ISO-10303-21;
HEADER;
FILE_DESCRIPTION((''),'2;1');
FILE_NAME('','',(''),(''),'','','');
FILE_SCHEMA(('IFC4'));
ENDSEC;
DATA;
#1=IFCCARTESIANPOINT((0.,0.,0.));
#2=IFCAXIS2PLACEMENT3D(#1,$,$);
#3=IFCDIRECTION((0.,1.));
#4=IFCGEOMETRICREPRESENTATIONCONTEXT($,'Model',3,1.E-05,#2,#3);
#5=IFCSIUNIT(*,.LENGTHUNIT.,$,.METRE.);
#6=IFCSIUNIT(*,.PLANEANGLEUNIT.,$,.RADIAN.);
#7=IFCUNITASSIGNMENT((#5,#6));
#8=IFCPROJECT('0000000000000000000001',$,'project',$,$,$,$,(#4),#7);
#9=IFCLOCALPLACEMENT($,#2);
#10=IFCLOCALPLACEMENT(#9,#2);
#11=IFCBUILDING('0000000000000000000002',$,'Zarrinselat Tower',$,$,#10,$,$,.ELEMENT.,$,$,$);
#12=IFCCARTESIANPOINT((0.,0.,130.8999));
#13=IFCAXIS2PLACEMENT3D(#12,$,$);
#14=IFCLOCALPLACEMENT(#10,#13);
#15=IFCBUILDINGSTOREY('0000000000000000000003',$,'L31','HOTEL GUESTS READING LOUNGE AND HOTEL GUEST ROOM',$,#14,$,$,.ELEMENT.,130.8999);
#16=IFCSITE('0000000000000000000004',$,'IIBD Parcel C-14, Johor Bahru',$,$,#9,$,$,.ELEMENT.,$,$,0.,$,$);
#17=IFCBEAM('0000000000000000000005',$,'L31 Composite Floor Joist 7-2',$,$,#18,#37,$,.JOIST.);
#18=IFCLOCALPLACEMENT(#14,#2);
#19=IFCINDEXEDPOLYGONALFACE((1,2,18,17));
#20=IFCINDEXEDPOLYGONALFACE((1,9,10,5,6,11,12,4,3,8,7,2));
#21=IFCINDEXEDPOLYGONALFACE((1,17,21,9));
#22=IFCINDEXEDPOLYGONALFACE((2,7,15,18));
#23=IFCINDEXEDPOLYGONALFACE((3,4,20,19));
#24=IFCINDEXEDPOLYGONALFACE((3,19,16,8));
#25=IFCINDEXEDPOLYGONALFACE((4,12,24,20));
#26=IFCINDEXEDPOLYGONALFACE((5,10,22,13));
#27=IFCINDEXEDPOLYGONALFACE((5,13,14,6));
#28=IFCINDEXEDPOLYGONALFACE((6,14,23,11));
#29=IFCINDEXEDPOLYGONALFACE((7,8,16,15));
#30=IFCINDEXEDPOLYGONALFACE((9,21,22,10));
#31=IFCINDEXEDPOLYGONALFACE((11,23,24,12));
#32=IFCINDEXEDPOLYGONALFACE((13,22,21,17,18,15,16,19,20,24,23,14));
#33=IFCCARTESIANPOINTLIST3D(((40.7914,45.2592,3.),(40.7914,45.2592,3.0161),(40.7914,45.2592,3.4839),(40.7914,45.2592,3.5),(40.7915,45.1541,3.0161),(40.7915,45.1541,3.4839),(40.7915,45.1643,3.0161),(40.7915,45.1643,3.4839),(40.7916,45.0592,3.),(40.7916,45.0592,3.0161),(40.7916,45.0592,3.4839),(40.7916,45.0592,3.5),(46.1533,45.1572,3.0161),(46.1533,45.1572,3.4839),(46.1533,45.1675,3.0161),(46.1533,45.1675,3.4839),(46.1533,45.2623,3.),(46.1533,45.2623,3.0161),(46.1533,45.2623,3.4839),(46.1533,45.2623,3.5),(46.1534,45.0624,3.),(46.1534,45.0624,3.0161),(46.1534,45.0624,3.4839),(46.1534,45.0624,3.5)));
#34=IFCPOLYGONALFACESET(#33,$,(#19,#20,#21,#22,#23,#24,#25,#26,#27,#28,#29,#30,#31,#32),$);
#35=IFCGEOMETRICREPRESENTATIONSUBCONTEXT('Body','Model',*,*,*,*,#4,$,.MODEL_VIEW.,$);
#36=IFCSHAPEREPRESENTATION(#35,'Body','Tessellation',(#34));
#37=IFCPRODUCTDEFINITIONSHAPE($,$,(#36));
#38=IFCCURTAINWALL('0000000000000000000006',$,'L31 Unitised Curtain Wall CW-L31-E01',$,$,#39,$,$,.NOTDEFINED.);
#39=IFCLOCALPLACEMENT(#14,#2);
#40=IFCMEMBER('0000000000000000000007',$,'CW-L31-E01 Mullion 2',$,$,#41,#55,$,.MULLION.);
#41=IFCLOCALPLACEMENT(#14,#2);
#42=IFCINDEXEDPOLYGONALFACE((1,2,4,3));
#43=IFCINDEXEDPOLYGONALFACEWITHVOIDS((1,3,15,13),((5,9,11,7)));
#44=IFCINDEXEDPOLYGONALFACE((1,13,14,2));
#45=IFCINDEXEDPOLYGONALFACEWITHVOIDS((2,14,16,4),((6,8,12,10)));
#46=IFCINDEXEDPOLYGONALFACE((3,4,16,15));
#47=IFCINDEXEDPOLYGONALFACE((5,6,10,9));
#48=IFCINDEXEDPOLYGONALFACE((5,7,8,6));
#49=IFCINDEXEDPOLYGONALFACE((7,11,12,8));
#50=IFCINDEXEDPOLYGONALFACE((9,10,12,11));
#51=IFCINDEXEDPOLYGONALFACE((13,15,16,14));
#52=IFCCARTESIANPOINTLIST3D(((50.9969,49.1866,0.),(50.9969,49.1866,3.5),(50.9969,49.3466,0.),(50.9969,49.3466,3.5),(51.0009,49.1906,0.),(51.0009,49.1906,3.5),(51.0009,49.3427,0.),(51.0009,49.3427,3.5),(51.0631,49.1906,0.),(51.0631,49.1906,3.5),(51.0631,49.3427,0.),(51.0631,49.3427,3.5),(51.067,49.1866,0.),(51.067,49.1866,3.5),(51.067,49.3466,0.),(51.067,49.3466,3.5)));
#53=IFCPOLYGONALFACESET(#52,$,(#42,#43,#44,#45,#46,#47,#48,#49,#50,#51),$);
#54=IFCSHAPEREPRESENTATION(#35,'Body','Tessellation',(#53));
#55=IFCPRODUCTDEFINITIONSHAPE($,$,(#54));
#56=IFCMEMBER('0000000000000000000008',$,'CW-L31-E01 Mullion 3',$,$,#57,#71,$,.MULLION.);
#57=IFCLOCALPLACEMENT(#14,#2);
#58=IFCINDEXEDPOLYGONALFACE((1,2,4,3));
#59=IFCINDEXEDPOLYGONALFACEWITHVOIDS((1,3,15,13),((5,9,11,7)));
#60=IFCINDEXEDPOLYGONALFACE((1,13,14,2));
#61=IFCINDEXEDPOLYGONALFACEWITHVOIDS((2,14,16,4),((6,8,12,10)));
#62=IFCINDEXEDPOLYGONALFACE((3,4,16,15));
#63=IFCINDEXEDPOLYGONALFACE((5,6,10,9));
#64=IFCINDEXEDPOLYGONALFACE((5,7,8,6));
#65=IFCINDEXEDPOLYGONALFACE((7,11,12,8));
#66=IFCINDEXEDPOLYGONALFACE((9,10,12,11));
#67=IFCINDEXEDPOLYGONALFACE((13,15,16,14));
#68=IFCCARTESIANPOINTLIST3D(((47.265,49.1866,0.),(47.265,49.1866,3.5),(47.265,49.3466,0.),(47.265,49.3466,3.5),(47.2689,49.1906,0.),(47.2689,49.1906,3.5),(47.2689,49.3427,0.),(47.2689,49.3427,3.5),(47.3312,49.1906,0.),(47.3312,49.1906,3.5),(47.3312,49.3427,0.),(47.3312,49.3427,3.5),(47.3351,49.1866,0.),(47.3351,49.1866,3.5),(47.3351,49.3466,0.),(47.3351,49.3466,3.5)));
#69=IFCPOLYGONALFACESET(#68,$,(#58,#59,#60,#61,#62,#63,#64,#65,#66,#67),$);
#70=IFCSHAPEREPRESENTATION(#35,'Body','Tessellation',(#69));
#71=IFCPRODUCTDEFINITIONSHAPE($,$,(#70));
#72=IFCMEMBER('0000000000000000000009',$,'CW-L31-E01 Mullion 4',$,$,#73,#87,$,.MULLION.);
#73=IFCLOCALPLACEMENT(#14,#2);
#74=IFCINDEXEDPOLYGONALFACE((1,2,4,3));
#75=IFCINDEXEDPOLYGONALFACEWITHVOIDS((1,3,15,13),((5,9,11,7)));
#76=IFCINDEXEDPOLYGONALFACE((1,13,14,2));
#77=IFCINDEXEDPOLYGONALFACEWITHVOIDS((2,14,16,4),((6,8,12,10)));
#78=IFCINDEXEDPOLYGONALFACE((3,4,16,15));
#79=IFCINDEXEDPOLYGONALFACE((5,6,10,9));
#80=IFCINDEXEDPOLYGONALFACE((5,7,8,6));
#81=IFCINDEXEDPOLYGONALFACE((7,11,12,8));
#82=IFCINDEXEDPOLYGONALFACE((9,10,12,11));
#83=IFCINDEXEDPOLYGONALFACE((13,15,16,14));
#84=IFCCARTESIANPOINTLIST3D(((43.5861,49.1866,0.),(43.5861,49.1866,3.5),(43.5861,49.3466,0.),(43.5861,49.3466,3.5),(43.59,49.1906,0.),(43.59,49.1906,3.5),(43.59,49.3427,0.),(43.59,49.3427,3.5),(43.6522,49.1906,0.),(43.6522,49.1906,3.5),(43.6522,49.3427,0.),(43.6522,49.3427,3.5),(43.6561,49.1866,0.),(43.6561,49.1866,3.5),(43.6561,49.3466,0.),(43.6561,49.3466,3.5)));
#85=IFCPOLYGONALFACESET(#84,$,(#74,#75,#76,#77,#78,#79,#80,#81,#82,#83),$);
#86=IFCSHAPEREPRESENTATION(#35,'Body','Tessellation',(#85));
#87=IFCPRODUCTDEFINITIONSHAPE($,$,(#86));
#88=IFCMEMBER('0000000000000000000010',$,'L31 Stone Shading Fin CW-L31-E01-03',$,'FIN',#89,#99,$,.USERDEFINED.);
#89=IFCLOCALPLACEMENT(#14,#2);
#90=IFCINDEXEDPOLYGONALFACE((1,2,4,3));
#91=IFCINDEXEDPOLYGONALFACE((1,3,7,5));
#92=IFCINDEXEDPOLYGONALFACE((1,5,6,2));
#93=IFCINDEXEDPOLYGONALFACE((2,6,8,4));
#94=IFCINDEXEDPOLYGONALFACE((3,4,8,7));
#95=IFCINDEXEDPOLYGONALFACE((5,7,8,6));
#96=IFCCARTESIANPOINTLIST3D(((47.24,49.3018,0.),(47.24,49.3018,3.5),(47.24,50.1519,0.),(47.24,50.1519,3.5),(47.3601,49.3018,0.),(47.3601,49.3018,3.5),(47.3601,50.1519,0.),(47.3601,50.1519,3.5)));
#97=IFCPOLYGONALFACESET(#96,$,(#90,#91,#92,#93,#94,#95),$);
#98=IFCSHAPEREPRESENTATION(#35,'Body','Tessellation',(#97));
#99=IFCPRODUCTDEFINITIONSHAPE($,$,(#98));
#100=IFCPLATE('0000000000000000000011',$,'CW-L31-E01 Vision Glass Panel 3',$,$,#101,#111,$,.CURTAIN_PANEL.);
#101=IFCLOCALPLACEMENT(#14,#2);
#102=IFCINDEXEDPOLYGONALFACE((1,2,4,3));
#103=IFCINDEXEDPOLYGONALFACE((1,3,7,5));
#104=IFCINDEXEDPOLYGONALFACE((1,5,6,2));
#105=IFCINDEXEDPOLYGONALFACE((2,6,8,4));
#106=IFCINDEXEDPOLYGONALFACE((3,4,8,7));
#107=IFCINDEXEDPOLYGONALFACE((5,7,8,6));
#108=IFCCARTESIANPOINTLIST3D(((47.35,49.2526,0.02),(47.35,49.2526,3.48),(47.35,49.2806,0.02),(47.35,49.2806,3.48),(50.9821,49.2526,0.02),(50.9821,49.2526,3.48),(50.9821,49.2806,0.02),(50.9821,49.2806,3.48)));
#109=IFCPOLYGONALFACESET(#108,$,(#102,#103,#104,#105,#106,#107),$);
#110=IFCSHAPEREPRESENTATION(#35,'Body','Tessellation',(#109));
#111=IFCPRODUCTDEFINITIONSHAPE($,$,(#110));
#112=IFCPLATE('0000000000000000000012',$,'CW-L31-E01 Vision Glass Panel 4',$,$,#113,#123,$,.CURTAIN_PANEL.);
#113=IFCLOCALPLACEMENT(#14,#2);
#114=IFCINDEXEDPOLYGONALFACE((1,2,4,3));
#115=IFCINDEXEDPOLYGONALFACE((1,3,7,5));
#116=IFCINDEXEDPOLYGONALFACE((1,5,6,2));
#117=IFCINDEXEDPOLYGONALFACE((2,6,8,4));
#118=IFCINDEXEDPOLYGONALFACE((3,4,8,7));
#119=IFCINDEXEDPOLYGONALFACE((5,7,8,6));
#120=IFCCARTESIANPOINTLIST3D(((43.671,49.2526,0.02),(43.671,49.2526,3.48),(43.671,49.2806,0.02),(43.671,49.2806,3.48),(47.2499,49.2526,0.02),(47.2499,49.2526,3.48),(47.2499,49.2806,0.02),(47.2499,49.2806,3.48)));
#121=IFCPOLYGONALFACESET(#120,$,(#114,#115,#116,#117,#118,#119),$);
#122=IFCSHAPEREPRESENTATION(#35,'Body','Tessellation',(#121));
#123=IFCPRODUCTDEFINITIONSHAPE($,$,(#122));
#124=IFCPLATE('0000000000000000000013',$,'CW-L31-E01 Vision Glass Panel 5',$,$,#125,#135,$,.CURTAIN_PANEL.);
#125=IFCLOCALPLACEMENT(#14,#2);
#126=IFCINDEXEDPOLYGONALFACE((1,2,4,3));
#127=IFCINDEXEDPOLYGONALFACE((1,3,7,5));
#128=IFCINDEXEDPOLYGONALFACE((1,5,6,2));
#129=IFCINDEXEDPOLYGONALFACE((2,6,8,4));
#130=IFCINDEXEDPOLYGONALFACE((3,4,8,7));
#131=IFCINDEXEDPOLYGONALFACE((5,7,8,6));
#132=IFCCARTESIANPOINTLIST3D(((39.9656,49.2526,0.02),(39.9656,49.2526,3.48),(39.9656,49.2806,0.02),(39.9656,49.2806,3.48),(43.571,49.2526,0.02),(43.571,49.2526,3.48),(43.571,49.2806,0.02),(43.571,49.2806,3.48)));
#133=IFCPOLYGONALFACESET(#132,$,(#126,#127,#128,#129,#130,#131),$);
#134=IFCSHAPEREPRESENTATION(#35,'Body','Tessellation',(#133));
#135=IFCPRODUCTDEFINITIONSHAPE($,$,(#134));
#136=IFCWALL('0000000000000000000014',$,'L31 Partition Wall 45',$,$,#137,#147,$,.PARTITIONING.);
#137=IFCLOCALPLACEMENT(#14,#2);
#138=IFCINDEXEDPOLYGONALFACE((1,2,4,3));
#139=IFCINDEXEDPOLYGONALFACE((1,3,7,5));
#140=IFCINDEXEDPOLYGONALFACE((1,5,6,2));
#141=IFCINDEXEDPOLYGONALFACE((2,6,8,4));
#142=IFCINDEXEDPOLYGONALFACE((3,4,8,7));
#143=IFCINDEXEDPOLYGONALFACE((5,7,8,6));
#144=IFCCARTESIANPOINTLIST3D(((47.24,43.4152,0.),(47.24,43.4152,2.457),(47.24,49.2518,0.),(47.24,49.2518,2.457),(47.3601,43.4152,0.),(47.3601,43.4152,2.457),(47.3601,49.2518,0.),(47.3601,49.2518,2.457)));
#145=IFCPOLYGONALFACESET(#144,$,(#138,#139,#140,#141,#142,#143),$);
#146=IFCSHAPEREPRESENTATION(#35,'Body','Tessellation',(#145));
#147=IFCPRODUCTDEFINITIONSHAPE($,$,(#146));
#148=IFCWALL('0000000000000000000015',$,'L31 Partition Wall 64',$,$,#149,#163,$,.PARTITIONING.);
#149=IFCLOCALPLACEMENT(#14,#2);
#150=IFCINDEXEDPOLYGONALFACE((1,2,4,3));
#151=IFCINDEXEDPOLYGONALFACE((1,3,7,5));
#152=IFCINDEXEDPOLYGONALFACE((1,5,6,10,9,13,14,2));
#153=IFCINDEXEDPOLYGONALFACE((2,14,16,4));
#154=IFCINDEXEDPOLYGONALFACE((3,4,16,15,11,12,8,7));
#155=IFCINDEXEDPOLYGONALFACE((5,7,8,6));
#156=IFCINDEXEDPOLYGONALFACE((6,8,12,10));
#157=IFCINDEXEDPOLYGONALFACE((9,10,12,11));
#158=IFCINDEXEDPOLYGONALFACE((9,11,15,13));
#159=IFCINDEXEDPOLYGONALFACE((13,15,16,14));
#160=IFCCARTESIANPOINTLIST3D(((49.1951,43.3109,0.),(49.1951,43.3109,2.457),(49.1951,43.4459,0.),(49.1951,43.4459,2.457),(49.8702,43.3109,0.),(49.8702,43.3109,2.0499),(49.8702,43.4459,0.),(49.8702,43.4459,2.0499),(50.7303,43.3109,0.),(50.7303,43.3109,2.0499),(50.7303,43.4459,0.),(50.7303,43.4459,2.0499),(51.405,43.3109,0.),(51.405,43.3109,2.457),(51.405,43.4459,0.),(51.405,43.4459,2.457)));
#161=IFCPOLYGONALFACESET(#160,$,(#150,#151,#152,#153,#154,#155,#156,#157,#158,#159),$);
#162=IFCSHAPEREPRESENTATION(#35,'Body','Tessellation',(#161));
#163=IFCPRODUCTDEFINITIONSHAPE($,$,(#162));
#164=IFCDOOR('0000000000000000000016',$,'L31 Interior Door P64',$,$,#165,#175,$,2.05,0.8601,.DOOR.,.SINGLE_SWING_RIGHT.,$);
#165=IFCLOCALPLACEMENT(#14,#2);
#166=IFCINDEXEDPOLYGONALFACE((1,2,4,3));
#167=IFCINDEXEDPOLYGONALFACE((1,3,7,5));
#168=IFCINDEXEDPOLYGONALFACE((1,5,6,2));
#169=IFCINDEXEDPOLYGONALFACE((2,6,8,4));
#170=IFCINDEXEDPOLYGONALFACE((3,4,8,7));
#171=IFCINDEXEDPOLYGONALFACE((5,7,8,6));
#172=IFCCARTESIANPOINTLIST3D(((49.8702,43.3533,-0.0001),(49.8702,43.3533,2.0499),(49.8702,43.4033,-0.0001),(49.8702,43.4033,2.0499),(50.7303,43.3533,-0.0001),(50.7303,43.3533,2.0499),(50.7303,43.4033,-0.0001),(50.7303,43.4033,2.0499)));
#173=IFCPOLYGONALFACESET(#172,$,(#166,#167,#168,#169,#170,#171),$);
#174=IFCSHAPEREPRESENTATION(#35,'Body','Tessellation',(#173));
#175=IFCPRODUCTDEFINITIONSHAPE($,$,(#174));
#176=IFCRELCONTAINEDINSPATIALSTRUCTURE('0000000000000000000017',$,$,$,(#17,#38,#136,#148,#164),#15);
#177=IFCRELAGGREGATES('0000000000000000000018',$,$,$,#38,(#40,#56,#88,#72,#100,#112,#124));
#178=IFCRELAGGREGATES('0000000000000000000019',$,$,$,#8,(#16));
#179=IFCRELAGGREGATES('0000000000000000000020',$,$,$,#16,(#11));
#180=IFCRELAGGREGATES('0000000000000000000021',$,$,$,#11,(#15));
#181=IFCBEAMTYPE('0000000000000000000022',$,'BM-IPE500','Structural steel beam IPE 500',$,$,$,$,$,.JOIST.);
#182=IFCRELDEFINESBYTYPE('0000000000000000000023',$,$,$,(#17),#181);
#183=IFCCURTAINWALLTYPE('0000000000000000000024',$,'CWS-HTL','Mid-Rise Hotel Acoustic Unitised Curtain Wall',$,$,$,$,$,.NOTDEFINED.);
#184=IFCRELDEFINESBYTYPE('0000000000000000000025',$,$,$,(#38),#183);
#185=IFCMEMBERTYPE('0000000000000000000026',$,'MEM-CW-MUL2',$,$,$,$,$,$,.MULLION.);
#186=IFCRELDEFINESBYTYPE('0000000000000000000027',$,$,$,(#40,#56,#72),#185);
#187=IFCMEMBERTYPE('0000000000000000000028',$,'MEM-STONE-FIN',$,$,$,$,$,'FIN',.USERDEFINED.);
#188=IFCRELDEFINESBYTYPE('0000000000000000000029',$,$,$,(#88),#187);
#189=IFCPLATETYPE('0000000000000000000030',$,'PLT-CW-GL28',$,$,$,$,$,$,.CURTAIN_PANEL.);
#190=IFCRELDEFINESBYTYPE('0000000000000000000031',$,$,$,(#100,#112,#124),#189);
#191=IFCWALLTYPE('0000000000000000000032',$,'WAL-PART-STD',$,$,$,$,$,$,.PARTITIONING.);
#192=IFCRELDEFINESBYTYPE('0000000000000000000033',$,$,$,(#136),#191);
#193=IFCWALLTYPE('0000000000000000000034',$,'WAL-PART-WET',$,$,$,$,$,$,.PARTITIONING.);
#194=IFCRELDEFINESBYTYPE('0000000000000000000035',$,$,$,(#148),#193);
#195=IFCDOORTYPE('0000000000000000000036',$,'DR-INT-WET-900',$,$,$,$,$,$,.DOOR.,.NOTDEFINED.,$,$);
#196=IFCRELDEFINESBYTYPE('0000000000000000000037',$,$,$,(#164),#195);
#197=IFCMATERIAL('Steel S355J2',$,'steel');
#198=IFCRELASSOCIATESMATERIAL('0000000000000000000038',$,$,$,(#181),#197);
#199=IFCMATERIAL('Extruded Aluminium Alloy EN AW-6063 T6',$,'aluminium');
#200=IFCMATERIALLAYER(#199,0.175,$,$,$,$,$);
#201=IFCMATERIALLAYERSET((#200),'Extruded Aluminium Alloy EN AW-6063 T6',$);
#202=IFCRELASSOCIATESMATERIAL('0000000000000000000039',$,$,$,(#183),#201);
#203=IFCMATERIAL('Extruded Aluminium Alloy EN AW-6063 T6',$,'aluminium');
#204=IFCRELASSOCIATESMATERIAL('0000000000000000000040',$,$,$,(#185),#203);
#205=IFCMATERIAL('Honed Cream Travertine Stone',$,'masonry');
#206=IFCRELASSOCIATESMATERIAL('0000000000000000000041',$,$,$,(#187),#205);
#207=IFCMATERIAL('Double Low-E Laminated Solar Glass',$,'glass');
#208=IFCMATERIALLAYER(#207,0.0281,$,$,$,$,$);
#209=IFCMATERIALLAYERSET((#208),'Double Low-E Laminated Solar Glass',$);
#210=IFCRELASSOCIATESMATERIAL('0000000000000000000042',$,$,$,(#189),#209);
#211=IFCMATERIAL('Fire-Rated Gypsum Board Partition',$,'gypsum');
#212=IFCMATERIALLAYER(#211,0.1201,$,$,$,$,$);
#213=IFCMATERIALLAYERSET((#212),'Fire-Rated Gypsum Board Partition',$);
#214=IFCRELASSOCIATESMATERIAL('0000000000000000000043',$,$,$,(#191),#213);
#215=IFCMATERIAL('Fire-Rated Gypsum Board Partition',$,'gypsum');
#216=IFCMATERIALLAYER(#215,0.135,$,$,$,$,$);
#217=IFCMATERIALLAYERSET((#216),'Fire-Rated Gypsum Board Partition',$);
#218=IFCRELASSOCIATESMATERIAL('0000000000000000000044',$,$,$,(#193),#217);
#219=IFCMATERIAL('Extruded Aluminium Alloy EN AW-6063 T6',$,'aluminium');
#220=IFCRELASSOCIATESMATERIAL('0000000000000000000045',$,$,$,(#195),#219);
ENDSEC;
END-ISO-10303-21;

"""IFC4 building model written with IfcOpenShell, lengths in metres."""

from ifc_helpers import new_model, si_unit, direction, frame, frame_2d, origin, origin_2d, place, context, subcontext, project, spatial, rectangle, hollow_rectangle, i_section, extrude, material, layer, layer_set, material_profile, profile_set, type_object, element, fill, aggregate, save


model = new_model("IFC4")

# Units and contexts
model_context = context("Model", 3, precision=1e-05, world=origin(), true_north=direction((0.0, 1.0)))
body_context = subcontext(model_context, "Body", "Model", "MODEL_VIEW")
ifc_project = project(units=[si_unit("LENGTHUNIT", "METRE"), si_unit("PLANEANGLEUNIT", "RADIAN")], contexts=[model_context])

# Site, building, storey
site_placement = place(None, origin())
site = spatial("IfcSite", under=ifc_project, at=site_placement, Name="IIBD Parcel C-14, Johor Bahru", CompositionType="ELEMENT", RefElevation=0.0)
building_placement = place(site_placement, origin())
building = spatial("IfcBuilding", under=site, at=building_placement, Name="Zarrinselat Tower", CompositionType="ELEMENT")
storey_placement = place(building_placement, frame((0.0, 0.0, 130.8999)))
storey = spatial("IfcBuildingStorey", under=building, at=storey_placement, Name="L31", Description="HOTEL GUESTS READING LOUNGE AND HOTEL GUEST ROOM", CompositionType="ELEMENT", Elevation=130.8999)

# Beam
ifc_material_1 = material(Name="Steel S355J2", Category="steel")
ifc_material_profile_1 = material_profile(ifc_material_1, i_section(OverallWidth=0.2, OverallDepth=0.5, WebThickness=0.0103, FlangeThickness=0.0161, at=origin_2d()), Name="IPE 500")
ifc_profile_set_1 = profile_set([ifc_material_profile_1], Name="Steel S355J2")
beam_type_1 = type_object("IfcBeamType", Name="BM-IPE500", Description="Structural steel beam IPE 500", PredefinedType="JOIST", material=ifc_profile_set_1)
beam_1_placement = place(storey_placement, frame((40.7915, 45.1592, 3.25), z_axis=(1.0, 0.000592, 0.0), x_axis=(-0.000592, 1.0, 0.0)))
element("IfcBeam", 1, at=beam_1_placement, inside=storey, type_object=beam_type_1, Name="L31 Composite Floor Joist 7-2", PredefinedType="JOIST", context=body_context, shape_type="SweptSolid", body=[
    extrude(i_section(OverallWidth=0.2, OverallDepth=0.5, WebThickness=0.0103, FlangeThickness=0.0161, at=origin_2d()), origin(), (0.0, 0.0, 1.0), 5.3618),
])

# Curtain wall, members, plates
ifc_material_2 = material(Name="Extruded Aluminium Alloy EN AW-6063 T6", Category="aluminium")
ifc_layer_1 = layer(ifc_material_2, 0.175)
ifc_layer_set_1 = layer_set([ifc_layer_1], Name="Extruded Aluminium Alloy EN AW-6063 T6")
curtain_wall_type = type_object("IfcCurtainWallType", Name="CWS-HTL", Description="Mid-Rise Hotel Acoustic Unitised Curtain Wall", PredefinedType="NOTDEFINED", material=ifc_layer_set_1)
curtain_wall_placement = place(storey_placement, origin())
curtain_wall = element("IfcCurtainWall", 2, at=curtain_wall_placement, inside=storey, type_object=curtain_wall_type, Name="L31 Unitised Curtain Wall CW-L31-E01", PredefinedType="NOTDEFINED")
ifc_material_3 = material(Name="Extruded Aluminium Alloy EN AW-6063 T6", Category="aluminium")
ifc_material_profile_2 = material_profile(ifc_material_3, hollow_rectangle(XDim=0.0701, YDim=0.1599, WallThickness=0.0039, at=origin_2d()), Name="RHS 160x70x4")
ifc_profile_set_2 = profile_set([ifc_material_profile_2], Name="Extruded Aluminium Alloy EN AW-6063 T6")
member_type_1 = type_object("IfcMemberType", Name="MEM-CW-MUL2", PredefinedType="MULLION", material=ifc_profile_set_2)
member_1_placement = place(storey_placement, frame((51.032, 49.2666, 0.0), z_axis=(0.0, 0.0, 1.0), x_axis=(-1.0, 0.0, 0.0)))
member_1 = element("IfcMember", 3, at=member_1_placement, type_object=member_type_1, Name="CW-L31-E01 Mullion 2", PredefinedType="MULLION", context=body_context, shape_type="SweptSolid", body=[
    extrude(hollow_rectangle(XDim=0.0701, YDim=0.1599, WallThickness=0.0039, at=origin_2d()), origin(), (0.0, 0.0, 1.0), 3.5),
])
member_2_placement = place(storey_placement, frame((47.3, 49.2666, 0.0), z_axis=(0.0, 0.0, 1.0), x_axis=(-1.0, 0.0, 0.0)))
member_2 = element("IfcMember", 4, at=member_2_placement, type_object=member_type_1, Name="CW-L31-E01 Mullion 3", PredefinedType="MULLION", context=body_context, shape_type="SweptSolid", body=[
    extrude(hollow_rectangle(XDim=0.0701, YDim=0.1599, WallThickness=0.0039, at=origin_2d()), origin(), (0.0, 0.0, 1.0), 3.5),
])
member_3_placement = place(storey_placement, frame((43.6211, 49.2666, 0.0), z_axis=(0.0, 0.0, 1.0), x_axis=(-1.0, 0.0, 0.0)))
member_3 = element("IfcMember", 5, at=member_3_placement, type_object=member_type_1, Name="CW-L31-E01 Mullion 4", PredefinedType="MULLION", context=body_context, shape_type="SweptSolid", body=[
    extrude(hollow_rectangle(XDim=0.0701, YDim=0.1599, WallThickness=0.0039, at=origin_2d()), origin(), (0.0, 0.0, 1.0), 3.5),
])
ifc_material_4 = material(Name="Honed Cream Travertine Stone", Category="masonry")
ifc_material_profile_3 = material_profile(ifc_material_4, rectangle(XDim=0.1201, YDim=0.8501, at=origin_2d()), Name="FIN 850x120")
ifc_profile_set_3 = profile_set([ifc_material_profile_3], Name="Honed Cream Travertine Stone")
member_type_2 = type_object("IfcMemberType", Name="MEM-STONE-FIN", ElementType="FIN", PredefinedType="USERDEFINED", material=ifc_profile_set_3)
member_4_placement = place(storey_placement, frame((47.3, 49.7268, 0.0), z_axis=(0.0, 0.0, 1.0), x_axis=(1.0, 0.0, 0.0)))
member_4 = element("IfcMember", 6, at=member_4_placement, type_object=member_type_2, Name="L31 Stone Shading Fin CW-L31-E01-03", ObjectType="FIN", PredefinedType="USERDEFINED", context=body_context, shape_type="SweptSolid", body=[
    extrude(rectangle(XDim=0.1201, YDim=0.8501, at=origin_2d()), origin(), (0.0, 0.0, 1.0), 3.5),
])
ifc_material_5 = material(Name="Double Low-E Laminated Solar Glass", Category="glass")
ifc_layer_2 = layer(ifc_material_5, 0.0281)
ifc_layer_set_2 = layer_set([ifc_layer_2], Name="Double Low-E Laminated Solar Glass")
plate_type = type_object("IfcPlateType", Name="PLT-CW-GL28", PredefinedType="CURTAIN_PANEL", material=ifc_layer_set_2)
plate_1_placement = place(storey_placement, frame((49.166, 49.2666, 0.02), z_axis=(0.0, 0.0, 1.0), x_axis=(-1.0, 0.0, 0.0)))
plate_1 = element("IfcPlate", 7, at=plate_1_placement, type_object=plate_type, Name="CW-L31-E01 Vision Glass Panel 3", PredefinedType="CURTAIN_PANEL", context=body_context, shape_type="SweptSolid", body=[
    extrude(rectangle(XDim=3.6321, YDim=0.0281, at=origin_2d()), origin(), (0.0, 0.0, 1.0), 3.46),
])
plate_2_placement = place(storey_placement, frame((45.4604, 49.2666, 0.02), z_axis=(0.0, 0.0, 1.0), x_axis=(-1.0, 0.0, 0.0)))
plate_2 = element("IfcPlate", 8, at=plate_2_placement, type_object=plate_type, Name="CW-L31-E01 Vision Glass Panel 4", PredefinedType="CURTAIN_PANEL", context=body_context, shape_type="SweptSolid", body=[
    extrude(rectangle(XDim=3.5789, YDim=0.0281, at=origin_2d()), origin(), (0.0, 0.0, 1.0), 3.46),
])
plate_3_placement = place(storey_placement, frame((41.7683, 49.2666, 0.02), z_axis=(0.0, 0.0, 1.0), x_axis=(-1.0, 0.0, 0.0)))
plate_3 = element("IfcPlate", 9, at=plate_3_placement, type_object=plate_type, Name="CW-L31-E01 Vision Glass Panel 5", PredefinedType="CURTAIN_PANEL", context=body_context, shape_type="SweptSolid", body=[
    extrude(rectangle(XDim=3.6055, YDim=0.0281, at=origin_2d()), origin(), (0.0, 0.0, 1.0), 3.46),
])
aggregate(curtain_wall, [member_1, member_2, member_4, member_3, plate_1, plate_2, plate_3])

# Wall
ifc_material_6 = material(Name="Fire-Rated Gypsum Board Partition", Category="gypsum")
ifc_layer_3 = layer(ifc_material_6, 0.1201)
ifc_layer_set_3 = layer_set([ifc_layer_3], Name="Fire-Rated Gypsum Board Partition")
wall_type_1 = type_object("IfcWallType", Name="WAL-PART-STD", PredefinedType="PARTITIONING", material=ifc_layer_set_3)
wall_1_placement = place(storey_placement, frame((47.3, 43.415, 0.0), z_axis=(0.0, 0.0, 1.0), x_axis=(0.0, 1.0, 0.0)))
element("IfcWall", 10, at=wall_1_placement, inside=storey, type_object=wall_type_1, Name="L31 Partition Wall 45", PredefinedType="PARTITIONING", context=body_context, shape_type="SweptSolid", body=[
    extrude(rectangle(XDim=5.8367, YDim=0.1201, at=frame_2d((2.9185, 0.0))), origin(), (0.0, 0.0, 1.0), 2.457),
])

# Wall, opening, door
ifc_material_7 = material(Name="Fire-Rated Gypsum Board Partition", Category="gypsum")
ifc_layer_4 = layer(ifc_material_7, 0.135)
ifc_layer_set_4 = layer_set([ifc_layer_4], Name="Fire-Rated Gypsum Board Partition")
wall_type_2 = type_object("IfcWallType", Name="WAL-PART-WET", PredefinedType="PARTITIONING", material=ifc_layer_set_4)
wall_2_placement = place(storey_placement, frame((49.1951, 43.3784, 0.0), z_axis=(0.0, 0.0, 1.0), x_axis=(1.0, 0.0, 0.0)))
wall_2 = element("IfcWall", 11, at=wall_2_placement, inside=storey, type_object=wall_type_2, Name="L31 Partition Wall 64", PredefinedType="PARTITIONING", context=body_context, shape_type="SweptSolid", body=[
    extrude(rectangle(XDim=2.21, YDim=0.135, at=frame_2d((1.105, 0.0))), origin(), (0.0, 0.0, 1.0), 2.457),
])
opening_placement = place(wall_2_placement, frame((0.675, 0.0, 0.0)))
opening = element("IfcOpeningElement", 12, at=opening_placement, cuts=wall_2, PredefinedType="OPENING", context=body_context, shape_type="SweptSolid", body=[
    extrude(rectangle(XDim=0.8601, YDim=2.05, at=frame_2d((0.4302, 1.0249))), frame((0.0, 0.0774, 0.0), z_axis=(0.0, -1.0, 0.0), x_axis=(1.0, 0.0, 0.0)), (0.0, 0.0, 1.0), 0.155),
])
ifc_material_8 = material(Name="Extruded Aluminium Alloy EN AW-6063 T6", Category="aluminium")
door_type = type_object("IfcDoorType", Name="DR-INT-WET-900", OperationType="NOTDEFINED", PredefinedType="DOOR", material=ifc_material_8)
door_placement = place(opening_placement, origin())
door = element("IfcDoor", 13, at=door_placement, inside=storey, type_object=door_type, Name="L31 Interior Door P64", OperationType="SINGLE_SWING_RIGHT", OverallHeight=2.05, OverallWidth=0.8601, PredefinedType="DOOR", context=body_context, shape_type="SweptSolid", body=[
    extrude(rectangle(XDim=0.8601, YDim=2.05, at=frame_2d((0.4302, 1.0249))), frame((0.0, 0.0249, 0.0), z_axis=(0.0, -1.0, 0.0), x_axis=(1.0, 0.0, 0.0)), (0.0, 0.0, 1.0), 0.05),
])
fill(opening, door)

save(model, "model.ifc")
